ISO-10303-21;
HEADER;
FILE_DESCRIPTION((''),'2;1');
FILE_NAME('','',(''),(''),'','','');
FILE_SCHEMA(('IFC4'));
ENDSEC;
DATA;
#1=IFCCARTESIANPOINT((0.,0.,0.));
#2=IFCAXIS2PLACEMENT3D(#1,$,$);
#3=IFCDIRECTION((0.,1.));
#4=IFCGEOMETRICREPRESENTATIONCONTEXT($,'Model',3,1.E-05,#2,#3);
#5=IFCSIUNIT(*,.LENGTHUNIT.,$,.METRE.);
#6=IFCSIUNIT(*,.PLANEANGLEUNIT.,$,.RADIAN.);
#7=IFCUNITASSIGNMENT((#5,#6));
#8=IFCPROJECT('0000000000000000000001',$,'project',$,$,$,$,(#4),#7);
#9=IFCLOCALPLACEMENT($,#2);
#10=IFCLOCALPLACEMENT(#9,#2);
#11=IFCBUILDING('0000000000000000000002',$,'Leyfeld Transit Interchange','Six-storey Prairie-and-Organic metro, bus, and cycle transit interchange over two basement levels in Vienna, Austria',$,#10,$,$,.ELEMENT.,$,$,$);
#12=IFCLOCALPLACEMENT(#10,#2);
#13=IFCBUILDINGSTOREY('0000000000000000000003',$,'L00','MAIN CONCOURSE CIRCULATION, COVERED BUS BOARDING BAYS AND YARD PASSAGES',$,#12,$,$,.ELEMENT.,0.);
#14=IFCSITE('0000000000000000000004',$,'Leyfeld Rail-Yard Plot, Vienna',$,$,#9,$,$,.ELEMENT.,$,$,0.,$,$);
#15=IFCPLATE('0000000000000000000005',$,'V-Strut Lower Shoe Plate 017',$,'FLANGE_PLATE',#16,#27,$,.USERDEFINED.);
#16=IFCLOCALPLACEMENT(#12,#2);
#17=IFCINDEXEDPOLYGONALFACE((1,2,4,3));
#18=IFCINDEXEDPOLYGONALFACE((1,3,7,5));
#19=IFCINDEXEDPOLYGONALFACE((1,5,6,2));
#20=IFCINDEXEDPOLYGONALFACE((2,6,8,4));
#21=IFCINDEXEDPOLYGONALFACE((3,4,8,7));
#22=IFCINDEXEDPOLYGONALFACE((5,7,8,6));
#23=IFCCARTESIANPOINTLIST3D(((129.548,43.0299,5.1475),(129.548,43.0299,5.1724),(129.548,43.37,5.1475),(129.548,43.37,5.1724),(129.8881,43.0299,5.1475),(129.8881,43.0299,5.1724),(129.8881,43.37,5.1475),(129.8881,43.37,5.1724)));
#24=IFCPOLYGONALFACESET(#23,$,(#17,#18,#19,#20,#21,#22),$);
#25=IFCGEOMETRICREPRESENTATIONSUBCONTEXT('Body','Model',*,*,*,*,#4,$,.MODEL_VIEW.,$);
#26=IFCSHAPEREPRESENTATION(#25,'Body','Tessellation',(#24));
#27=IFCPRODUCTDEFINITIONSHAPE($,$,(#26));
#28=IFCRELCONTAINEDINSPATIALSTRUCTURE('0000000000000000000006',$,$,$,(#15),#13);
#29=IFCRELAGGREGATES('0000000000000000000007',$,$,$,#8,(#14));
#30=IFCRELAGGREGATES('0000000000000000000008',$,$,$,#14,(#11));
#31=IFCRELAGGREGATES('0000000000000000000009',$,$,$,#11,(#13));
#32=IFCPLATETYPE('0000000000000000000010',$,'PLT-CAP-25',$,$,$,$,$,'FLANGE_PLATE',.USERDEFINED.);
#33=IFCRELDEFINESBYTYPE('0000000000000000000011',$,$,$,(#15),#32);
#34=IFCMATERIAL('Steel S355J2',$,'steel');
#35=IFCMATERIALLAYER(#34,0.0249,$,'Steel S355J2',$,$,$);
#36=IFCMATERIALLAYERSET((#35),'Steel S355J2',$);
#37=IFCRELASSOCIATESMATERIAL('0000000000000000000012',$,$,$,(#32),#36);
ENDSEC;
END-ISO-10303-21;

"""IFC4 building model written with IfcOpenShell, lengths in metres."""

from ifc_helpers import new_model, si_unit, direction, frame, origin, origin_2d, place, context, subcontext, project, spatial, rectangle, extrude, material, layer, layer_set, type_object, element, save


model = new_model("IFC4")

# Units and contexts
model_context = context("Model", 3, precision=1e-05, world=origin(), true_north=direction((0.0, 1.0)))
body_context = subcontext(model_context, "Body", "Model", "MODEL_VIEW")
ifc_project = project(units=[si_unit("LENGTHUNIT", "METRE"), si_unit("PLANEANGLEUNIT", "RADIAN")], contexts=[model_context])

# Site, building, storey
site_placement = place(None, origin())
site = spatial("IfcSite", under=ifc_project, at=site_placement, Name="Leyfeld Rail-Yard Plot, Vienna", CompositionType="ELEMENT", RefElevation=0.0)
building_placement = place(site_placement, origin())
building = spatial("IfcBuilding", under=site, at=building_placement, Name="Leyfeld Transit Interchange", Description="Six-storey Prairie-and-Organic metro, bus, and cycle transit interchange over two basement levels in Vienna, Austria", CompositionType="ELEMENT")
storey_placement = place(building_placement, origin())
storey = spatial("IfcBuildingStorey", under=building, at=storey_placement, Name="L00", Description="MAIN CONCOURSE CIRCULATION, COVERED BUS BOARDING BAYS AND YARD PASSAGES", CompositionType="ELEMENT", Elevation=0.0)

# Shared definitions
ifc_material_1 = material(Name="Steel S355J2", Category="steel")

# Plate
ifc_layer_1 = layer(ifc_material_1, 0.0249, Name="Steel S355J2")
ifc_layer_set_1 = layer_set([ifc_layer_1], Name="Steel S355J2")
plate_type_1 = type_object("IfcPlateType", Name="PLT-CAP-25", ElementType="FLANGE_PLATE", PredefinedType="USERDEFINED", material=ifc_layer_set_1)
for number, where, z_axis, x_axis, name in (
    (1, (129.718, 43.2, 5.1475), (0.0, 0.0, 1.0), (1.0, 0.0, 0.0), "V-Strut Lower Shoe Plate 017"),
):
    element("IfcPlate", number, at=place(storey_placement, frame(where, z_axis=z_axis, x_axis=x_axis)), inside=storey, type_object=plate_type_1, Name=name, ObjectType="FLANGE_PLATE", PredefinedType="USERDEFINED", context=body_context, shape_type="SweptSolid", body=[
        extrude(rectangle(XDim=0.3401, YDim=0.3401, at=origin_2d()), origin(), (0.0, 0.0, 1.0), 0.0249),
    ])

save(model, "model.ifc")
